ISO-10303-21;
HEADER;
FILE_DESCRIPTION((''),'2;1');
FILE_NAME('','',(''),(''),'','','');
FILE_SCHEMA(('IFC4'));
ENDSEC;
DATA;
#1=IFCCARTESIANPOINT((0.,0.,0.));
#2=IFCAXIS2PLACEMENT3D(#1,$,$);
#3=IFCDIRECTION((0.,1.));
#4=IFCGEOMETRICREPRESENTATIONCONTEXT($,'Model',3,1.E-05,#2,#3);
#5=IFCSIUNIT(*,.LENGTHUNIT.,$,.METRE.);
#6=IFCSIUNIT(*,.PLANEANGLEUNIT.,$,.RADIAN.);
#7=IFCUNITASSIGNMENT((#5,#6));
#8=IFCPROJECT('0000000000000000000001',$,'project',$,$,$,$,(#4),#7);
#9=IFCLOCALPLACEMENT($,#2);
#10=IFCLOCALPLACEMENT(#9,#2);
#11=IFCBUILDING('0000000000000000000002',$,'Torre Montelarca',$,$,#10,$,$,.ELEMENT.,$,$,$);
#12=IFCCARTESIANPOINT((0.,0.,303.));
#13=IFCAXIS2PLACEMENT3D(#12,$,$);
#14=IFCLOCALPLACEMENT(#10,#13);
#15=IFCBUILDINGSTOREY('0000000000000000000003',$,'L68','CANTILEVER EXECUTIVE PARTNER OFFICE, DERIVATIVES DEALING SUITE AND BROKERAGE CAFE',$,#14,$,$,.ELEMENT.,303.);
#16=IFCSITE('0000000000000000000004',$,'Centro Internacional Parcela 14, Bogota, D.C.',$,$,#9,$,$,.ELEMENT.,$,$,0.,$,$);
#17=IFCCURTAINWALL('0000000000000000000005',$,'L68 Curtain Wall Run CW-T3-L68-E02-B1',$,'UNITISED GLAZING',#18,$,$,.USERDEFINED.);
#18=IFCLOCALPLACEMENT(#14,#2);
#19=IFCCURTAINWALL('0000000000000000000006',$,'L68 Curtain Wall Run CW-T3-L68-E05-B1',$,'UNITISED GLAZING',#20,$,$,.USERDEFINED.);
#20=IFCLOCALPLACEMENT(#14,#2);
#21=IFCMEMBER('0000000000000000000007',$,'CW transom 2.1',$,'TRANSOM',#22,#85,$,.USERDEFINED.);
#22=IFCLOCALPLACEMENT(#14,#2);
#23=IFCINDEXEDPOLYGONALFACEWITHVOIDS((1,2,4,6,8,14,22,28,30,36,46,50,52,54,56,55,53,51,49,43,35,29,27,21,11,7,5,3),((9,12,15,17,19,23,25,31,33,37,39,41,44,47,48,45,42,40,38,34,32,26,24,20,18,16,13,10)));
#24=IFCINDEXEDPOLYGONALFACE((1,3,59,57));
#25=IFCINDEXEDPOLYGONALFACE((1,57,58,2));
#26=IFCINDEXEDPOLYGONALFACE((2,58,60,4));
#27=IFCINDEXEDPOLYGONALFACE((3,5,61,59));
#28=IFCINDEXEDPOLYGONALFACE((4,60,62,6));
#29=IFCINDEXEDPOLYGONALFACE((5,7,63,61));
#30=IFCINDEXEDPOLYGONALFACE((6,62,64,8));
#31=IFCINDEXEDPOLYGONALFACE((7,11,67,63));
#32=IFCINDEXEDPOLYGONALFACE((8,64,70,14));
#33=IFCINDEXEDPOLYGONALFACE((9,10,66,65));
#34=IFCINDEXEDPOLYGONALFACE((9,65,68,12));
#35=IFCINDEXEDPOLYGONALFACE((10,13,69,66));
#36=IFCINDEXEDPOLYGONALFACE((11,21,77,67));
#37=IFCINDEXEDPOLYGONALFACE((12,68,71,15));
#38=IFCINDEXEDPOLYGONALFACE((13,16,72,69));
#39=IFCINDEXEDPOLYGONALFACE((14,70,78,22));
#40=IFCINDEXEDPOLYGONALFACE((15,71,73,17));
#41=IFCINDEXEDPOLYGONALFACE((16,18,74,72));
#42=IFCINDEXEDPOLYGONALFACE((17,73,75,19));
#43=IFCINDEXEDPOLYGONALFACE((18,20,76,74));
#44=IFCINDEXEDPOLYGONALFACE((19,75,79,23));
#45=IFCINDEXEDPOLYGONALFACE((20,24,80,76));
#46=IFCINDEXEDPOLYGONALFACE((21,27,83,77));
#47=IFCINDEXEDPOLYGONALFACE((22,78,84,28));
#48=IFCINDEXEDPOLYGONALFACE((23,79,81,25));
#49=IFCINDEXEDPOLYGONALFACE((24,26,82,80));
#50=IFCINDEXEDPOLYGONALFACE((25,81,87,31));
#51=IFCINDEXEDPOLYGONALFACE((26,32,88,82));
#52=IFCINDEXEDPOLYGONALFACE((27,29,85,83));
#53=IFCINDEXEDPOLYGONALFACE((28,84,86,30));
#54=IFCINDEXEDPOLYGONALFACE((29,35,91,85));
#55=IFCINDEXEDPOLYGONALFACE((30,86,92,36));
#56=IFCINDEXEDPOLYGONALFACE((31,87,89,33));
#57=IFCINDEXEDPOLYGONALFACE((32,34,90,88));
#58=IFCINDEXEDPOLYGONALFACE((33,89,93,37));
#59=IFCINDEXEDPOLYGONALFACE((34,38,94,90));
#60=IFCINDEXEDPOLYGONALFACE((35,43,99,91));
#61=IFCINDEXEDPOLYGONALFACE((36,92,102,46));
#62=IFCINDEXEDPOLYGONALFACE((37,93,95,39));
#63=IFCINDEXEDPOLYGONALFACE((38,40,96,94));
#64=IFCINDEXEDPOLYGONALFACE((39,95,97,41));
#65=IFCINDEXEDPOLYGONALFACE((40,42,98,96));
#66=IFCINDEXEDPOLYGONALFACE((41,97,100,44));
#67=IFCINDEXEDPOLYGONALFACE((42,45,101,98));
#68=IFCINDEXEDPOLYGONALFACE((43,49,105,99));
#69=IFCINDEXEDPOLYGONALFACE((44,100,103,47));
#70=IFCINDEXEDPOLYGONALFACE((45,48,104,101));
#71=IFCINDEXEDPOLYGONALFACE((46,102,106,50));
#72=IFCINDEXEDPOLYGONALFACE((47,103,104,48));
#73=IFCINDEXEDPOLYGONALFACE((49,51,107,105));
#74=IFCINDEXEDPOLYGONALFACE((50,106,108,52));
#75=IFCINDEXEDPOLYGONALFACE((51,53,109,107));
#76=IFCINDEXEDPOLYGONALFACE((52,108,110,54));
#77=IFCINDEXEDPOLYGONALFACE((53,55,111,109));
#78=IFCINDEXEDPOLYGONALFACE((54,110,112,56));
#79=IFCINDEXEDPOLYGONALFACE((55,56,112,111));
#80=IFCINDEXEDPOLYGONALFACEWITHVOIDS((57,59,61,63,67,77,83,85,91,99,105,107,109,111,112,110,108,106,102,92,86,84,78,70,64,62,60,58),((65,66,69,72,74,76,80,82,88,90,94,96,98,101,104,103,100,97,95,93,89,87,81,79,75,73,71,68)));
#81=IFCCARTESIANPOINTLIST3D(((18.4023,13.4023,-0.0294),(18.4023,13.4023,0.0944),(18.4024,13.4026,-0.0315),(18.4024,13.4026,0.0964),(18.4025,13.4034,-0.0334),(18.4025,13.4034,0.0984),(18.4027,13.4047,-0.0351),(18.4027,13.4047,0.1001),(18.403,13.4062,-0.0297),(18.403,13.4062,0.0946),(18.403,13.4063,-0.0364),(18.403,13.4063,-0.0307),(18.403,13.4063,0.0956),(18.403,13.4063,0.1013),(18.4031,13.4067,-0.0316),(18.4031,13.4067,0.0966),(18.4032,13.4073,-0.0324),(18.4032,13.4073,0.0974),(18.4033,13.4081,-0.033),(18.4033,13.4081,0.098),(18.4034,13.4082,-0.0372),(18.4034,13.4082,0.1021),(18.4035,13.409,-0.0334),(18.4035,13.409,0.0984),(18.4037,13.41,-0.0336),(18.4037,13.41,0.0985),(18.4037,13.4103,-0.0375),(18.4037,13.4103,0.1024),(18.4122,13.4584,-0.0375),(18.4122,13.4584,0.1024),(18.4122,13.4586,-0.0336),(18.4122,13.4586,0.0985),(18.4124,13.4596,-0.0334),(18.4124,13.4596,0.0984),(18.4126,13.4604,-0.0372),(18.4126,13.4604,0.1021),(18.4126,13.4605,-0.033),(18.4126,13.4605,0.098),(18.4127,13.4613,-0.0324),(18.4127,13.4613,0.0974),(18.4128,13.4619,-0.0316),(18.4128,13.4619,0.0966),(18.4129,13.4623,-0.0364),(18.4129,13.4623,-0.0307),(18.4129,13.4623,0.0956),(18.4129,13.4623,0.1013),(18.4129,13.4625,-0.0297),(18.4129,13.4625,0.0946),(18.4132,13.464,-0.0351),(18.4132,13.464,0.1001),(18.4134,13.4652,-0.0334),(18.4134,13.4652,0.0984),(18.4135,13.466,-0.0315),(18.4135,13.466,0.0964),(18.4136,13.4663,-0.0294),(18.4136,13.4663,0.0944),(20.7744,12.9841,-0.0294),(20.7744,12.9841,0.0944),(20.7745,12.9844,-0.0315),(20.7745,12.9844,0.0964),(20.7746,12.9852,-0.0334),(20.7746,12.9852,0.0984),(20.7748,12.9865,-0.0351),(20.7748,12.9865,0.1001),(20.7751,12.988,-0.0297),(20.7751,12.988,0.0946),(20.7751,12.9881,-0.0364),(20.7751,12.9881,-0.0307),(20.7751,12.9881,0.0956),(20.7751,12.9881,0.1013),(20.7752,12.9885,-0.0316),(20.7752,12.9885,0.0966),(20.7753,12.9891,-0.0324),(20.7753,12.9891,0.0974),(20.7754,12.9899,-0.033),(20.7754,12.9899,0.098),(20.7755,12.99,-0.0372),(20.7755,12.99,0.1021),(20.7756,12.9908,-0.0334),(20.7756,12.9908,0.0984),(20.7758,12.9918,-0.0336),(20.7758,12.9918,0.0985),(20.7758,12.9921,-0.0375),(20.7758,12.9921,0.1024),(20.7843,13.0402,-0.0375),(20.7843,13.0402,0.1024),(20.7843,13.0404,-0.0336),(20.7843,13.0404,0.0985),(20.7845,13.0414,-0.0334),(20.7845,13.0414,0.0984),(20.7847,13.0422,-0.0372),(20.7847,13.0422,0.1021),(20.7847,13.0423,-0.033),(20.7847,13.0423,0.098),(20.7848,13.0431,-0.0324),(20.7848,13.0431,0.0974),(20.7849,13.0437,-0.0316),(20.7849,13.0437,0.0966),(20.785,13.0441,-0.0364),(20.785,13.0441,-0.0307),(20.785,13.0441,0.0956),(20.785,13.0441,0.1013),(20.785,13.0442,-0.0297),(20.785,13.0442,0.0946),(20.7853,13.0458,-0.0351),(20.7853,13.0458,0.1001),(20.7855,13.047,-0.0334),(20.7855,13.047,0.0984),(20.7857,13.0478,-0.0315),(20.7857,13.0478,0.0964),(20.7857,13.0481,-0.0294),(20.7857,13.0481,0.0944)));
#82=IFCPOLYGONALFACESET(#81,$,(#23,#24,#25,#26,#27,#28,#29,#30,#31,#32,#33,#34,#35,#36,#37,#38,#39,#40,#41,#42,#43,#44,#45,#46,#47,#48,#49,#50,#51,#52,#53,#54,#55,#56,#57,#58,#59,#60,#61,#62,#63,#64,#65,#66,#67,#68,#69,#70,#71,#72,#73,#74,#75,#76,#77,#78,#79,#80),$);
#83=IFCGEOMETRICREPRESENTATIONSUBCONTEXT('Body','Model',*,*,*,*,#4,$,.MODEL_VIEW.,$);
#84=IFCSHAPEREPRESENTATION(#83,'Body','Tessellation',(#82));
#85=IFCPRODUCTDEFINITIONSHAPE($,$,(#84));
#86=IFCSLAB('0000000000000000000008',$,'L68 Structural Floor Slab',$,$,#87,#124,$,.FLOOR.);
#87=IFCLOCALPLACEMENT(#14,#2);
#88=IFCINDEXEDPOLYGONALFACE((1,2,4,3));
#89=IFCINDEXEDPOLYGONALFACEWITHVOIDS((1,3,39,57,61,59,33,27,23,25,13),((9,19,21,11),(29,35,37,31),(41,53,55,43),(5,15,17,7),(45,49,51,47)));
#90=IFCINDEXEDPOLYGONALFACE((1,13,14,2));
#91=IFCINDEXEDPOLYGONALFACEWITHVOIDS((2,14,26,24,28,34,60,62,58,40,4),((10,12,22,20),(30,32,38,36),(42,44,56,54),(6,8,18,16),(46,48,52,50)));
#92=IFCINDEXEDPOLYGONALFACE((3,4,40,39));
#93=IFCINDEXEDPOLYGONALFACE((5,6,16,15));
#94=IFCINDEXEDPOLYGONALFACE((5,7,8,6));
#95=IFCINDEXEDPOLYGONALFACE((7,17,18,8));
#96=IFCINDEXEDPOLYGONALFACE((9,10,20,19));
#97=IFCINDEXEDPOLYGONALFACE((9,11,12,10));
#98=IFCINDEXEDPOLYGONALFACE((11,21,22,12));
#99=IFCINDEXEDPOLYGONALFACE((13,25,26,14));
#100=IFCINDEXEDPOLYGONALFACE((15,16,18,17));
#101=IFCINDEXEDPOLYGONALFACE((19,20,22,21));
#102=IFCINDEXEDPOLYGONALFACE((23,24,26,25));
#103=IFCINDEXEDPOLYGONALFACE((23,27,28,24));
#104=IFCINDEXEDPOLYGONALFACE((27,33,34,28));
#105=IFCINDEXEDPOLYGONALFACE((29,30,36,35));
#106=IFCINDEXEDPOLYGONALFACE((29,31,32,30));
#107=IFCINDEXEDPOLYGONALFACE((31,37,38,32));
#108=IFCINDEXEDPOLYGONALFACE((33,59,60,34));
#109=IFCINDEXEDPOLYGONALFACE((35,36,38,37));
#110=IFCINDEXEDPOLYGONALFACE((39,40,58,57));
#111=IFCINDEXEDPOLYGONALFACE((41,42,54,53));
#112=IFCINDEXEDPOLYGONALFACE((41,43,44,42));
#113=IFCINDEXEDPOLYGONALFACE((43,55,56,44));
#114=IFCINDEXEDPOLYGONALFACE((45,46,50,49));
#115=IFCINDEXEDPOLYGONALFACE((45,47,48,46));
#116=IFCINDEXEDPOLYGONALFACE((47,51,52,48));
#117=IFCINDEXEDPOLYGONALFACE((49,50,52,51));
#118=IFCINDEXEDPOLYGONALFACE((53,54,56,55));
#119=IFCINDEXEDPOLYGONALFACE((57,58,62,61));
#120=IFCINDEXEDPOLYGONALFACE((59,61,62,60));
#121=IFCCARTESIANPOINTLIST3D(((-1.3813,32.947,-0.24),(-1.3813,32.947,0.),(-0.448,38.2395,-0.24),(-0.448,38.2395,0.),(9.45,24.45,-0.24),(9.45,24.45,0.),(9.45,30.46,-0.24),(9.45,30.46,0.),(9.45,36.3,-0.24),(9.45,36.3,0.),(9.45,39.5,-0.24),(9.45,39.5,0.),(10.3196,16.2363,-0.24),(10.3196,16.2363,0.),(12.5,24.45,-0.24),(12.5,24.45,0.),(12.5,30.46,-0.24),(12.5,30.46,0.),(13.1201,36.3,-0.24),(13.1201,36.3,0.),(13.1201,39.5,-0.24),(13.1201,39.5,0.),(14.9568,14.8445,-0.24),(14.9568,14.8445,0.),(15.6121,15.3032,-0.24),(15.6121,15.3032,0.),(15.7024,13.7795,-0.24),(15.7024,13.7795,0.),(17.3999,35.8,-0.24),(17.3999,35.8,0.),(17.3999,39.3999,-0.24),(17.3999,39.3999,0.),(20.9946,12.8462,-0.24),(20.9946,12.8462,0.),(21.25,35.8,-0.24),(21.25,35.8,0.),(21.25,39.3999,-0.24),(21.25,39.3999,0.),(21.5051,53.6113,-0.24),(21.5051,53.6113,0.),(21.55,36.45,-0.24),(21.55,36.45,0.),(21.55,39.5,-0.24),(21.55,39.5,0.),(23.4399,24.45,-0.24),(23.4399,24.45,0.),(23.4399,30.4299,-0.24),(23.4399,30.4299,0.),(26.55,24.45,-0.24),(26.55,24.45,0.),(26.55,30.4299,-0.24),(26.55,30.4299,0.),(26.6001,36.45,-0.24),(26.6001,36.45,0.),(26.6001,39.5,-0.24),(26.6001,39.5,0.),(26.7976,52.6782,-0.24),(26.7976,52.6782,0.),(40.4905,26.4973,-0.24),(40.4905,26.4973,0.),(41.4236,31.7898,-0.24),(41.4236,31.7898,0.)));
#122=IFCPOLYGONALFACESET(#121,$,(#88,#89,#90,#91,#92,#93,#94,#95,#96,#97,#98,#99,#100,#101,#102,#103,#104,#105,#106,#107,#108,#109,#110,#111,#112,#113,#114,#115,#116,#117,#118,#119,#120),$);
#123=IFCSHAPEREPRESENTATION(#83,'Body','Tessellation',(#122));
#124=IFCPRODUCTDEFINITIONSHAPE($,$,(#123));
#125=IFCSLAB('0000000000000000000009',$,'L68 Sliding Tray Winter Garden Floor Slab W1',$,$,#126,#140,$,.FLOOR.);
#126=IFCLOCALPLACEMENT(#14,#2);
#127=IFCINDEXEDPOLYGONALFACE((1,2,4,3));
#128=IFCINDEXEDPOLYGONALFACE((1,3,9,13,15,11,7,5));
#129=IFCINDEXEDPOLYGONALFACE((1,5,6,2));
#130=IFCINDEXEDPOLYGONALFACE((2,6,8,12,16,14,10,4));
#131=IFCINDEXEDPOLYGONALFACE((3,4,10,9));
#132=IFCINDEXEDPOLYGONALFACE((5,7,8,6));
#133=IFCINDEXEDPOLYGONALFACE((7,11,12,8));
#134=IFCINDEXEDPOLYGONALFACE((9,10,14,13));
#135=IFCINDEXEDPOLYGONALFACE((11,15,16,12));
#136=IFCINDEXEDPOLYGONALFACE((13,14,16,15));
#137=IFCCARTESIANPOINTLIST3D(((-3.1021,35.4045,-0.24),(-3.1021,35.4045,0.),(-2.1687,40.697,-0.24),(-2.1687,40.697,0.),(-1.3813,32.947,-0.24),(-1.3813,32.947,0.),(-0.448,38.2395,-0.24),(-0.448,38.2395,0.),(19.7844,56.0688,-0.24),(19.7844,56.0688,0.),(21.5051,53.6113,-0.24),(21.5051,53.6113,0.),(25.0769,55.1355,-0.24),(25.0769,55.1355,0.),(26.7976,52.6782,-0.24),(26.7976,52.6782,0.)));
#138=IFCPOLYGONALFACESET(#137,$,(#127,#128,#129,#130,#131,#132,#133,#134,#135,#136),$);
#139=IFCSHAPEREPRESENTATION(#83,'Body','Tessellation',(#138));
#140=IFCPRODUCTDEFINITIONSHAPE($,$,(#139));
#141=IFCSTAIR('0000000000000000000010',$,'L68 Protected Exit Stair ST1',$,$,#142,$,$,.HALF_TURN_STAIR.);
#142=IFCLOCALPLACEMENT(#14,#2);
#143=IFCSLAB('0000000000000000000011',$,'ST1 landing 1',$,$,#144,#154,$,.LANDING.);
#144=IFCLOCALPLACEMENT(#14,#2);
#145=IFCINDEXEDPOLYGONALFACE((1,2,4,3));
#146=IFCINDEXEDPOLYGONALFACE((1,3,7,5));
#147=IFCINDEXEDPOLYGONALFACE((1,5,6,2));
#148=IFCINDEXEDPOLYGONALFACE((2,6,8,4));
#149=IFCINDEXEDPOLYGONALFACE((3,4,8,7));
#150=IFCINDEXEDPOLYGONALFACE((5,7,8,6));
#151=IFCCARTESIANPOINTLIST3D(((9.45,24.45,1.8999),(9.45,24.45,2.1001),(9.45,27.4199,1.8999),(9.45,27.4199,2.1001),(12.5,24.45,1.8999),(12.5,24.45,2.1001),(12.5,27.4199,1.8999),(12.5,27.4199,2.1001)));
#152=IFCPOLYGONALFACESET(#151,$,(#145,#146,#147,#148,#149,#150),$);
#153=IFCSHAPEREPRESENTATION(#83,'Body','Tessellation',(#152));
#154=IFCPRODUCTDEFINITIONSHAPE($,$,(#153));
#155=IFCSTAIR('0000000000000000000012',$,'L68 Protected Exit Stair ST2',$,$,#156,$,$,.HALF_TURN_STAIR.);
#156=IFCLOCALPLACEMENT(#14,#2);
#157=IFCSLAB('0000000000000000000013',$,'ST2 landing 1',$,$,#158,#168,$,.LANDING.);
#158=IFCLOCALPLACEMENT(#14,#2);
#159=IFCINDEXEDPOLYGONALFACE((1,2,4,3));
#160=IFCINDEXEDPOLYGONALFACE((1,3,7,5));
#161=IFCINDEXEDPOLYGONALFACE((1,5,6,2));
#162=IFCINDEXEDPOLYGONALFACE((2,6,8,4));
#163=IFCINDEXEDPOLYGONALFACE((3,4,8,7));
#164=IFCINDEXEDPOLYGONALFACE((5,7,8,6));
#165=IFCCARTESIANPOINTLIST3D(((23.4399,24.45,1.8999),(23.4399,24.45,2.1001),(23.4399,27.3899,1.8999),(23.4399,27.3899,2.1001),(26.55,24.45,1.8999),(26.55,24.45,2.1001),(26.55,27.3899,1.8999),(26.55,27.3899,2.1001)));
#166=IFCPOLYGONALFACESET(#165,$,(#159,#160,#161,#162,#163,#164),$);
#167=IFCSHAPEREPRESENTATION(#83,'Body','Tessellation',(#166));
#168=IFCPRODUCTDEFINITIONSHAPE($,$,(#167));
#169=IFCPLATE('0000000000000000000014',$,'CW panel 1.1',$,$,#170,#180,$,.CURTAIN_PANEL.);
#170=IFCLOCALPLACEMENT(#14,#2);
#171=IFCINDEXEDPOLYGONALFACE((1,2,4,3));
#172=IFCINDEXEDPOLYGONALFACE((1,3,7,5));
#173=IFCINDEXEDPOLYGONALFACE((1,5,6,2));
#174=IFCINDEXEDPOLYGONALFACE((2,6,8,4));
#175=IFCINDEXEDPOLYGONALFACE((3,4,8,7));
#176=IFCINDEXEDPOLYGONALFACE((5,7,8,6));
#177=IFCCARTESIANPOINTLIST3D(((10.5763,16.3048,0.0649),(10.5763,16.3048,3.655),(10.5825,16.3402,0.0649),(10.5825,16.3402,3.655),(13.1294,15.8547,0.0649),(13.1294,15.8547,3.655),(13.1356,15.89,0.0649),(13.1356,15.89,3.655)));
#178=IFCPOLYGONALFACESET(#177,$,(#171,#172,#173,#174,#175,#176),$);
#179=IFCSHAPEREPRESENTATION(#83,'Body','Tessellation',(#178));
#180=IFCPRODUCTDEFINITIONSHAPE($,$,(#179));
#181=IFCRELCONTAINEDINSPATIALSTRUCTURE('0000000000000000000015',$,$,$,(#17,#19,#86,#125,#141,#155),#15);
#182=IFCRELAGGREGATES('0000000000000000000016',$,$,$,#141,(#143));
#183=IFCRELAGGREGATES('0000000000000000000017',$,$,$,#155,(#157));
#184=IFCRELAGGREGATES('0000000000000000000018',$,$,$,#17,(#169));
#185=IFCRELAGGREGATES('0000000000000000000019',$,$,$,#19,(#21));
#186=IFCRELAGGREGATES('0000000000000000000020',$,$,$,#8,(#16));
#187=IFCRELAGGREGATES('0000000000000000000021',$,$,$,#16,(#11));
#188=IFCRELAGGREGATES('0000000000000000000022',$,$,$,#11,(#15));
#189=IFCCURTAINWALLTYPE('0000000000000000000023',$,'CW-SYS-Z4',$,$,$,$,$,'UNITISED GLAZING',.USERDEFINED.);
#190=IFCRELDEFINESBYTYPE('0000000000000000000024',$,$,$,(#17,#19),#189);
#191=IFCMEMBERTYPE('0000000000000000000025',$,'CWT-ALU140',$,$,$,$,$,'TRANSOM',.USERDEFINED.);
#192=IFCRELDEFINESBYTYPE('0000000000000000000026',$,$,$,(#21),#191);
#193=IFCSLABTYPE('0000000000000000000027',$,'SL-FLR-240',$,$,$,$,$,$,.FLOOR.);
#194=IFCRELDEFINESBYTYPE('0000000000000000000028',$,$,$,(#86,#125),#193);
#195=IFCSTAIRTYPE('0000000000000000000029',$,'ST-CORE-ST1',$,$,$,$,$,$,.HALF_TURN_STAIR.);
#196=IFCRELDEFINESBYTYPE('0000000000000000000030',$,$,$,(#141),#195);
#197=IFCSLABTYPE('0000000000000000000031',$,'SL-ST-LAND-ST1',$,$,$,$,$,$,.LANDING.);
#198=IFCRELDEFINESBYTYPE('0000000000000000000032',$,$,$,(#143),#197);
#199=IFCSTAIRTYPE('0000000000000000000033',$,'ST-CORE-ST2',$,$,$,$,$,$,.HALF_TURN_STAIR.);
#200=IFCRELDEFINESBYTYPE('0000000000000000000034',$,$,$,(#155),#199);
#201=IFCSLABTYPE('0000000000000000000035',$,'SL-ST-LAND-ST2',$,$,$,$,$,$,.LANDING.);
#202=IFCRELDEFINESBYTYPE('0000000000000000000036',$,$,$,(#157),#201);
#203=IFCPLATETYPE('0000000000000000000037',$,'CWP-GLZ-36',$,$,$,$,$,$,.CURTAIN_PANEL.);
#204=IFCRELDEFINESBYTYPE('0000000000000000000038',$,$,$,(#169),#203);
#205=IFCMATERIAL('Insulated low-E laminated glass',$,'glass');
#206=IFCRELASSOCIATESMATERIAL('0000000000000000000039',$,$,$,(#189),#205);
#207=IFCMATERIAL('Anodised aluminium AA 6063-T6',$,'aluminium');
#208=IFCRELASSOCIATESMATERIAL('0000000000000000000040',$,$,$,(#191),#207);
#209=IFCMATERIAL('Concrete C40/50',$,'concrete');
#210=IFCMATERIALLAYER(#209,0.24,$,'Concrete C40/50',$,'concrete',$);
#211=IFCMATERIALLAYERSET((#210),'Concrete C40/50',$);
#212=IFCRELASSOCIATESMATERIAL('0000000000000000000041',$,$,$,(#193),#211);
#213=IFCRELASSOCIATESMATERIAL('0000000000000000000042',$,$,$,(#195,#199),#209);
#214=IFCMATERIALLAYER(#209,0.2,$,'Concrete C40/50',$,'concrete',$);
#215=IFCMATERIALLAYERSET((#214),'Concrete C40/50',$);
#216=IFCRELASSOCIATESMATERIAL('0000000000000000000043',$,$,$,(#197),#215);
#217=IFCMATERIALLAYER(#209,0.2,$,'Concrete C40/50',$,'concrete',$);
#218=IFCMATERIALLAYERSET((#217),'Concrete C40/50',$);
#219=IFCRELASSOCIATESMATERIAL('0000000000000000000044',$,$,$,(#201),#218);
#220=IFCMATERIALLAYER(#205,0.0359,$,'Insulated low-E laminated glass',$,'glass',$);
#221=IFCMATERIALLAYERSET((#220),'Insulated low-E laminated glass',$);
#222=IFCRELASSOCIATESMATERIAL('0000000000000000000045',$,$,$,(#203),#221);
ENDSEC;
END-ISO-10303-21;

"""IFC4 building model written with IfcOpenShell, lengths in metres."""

from ifc_helpers import new_model, si_unit, direction, frame, origin, origin_2d, place, context, subcontext, project, spatial, polyline, rectangle, hollow_rectangle, outline, extrude, source, transform, mapped, material, layer, layer_set, material_profile, profile_set, type_object, element, aggregate, save


model = new_model("IFC4")

# Units and contexts
model_context = context("Model", 3, precision=1e-05, world=origin(), true_north=direction((0.0, 1.0)))
body_context = subcontext(model_context, "Body", "Model", "MODEL_VIEW")
ifc_project = project(units=[si_unit("LENGTHUNIT", "METRE"), si_unit("PLANEANGLEUNIT", "RADIAN")], contexts=[model_context])

# Site, building, storey
site_placement = place(None, origin())
site = spatial("IfcSite", under=ifc_project, at=site_placement, Name="Centro Internacional Parcela 14, Bogota, D.C.", CompositionType="ELEMENT", RefElevation=0.0)
building_placement = place(site_placement, origin())
building = spatial("IfcBuilding", under=site, at=building_placement, Name="Torre Montelarca", CompositionType="ELEMENT")
storey_placement = place(building_placement, frame((0.0, 0.0, 303.0)))
storey = spatial("IfcBuildingStorey", under=building, at=storey_placement, Name="L68", Description="CANTILEVER EXECUTIVE PARTNER OFFICE, DERIVATIVES DEALING SUITE AND BROKERAGE CAFE", CompositionType="ELEMENT", Elevation=303.0)

# Curtain wall
ifc_material_1 = material(Name="Insulated low-E laminated glass", Category="glass")
curtain_wall_type = type_object("IfcCurtainWallType", Name="CW-SYS-Z4", ElementType="UNITISED GLAZING", PredefinedType="USERDEFINED", material=ifc_material_1)
curtain_wall_1_placement = place(storey_placement, origin())
curtain_wall_1 = element("IfcCurtainWall", 1, at=curtain_wall_1_placement, inside=storey, type_object=curtain_wall_type, Name="L68 Curtain Wall Run CW-T3-L68-E02-B1", ObjectType="UNITISED GLAZING", PredefinedType="USERDEFINED")
ifc_material_2 = material(Name="Anodised aluminium AA 6063-T6", Category="aluminium")
ifc_material_profile_1 = material_profile(ifc_material_2, hollow_rectangle(XDim=0.0649, YDim=0.1399, WallThickness=0.0039, InnerFilletRadius=0.0039, OuterFilletRadius=0.0081, at=origin_2d()), Name="ALU65X140X4", Category="aluminium")
ifc_profile_set_1 = profile_set([ifc_material_profile_1], Name="Anodised aluminium AA 6063-T6")
member_type_1 = type_object("IfcMemberType", Name="CWT-ALU140", ElementType="TRANSOM", PredefinedType="USERDEFINED", material=ifc_profile_set_1)

# Curtain wall
curtain_wall_2_placement = place(storey_placement, origin())
curtain_wall_2 = element("IfcCurtainWall", 2, at=curtain_wall_2_placement, inside=storey, type_object=curtain_wall_type, Name="L68 Curtain Wall Run CW-T3-L68-E05-B1", ObjectType="UNITISED GLAZING", PredefinedType="USERDEFINED")

# Member
shared_shape_1 = source(origin(), body_context, "Body", "SweptSolid", [
    extrude(hollow_rectangle(XDim=0.0649, YDim=0.1399, WallThickness=0.0039, InnerFilletRadius=0.0039, OuterFilletRadius=0.0081, at=origin_2d()), origin(), (0.0, 0.0, 1.0), 2.4087),
])
member_1_placement = place(storey_placement, frame((18.408, 13.4343, 0.0325), z_axis=(0.984811, -0.173629, 0.0), x_axis=(0.173629, 0.984811, 0.0)))
member_1 = element("IfcMember", 3, at=member_1_placement, type_object=member_type_1, Name="CW transom 2.1", ObjectType="TRANSOM", PredefinedType="USERDEFINED", context=body_context, shape_type="MappedRepresentation", body=[
    mapped(shared_shape_1, transform((0.0, 0.0, 0.0), scale=1.0)),
])

# Slabs
ifc_material_3 = material(Name="Concrete C40/50", Category="concrete")
ifc_layer_1 = layer(ifc_material_3, 0.24, Name="Concrete C40/50", Category="concrete")
ifc_layer_set_1 = layer_set([ifc_layer_1], Name="Concrete C40/50")
slab_type_1 = type_object("IfcSlabType", Name="SL-FLR-240", PredefinedType="FLOOR", material=ifc_layer_set_1)
slab_1_placement = place(storey_placement, frame((0.0, 0.0, -0.24)))
element("IfcSlab", 4, at=slab_1_placement, inside=storey, type_object=slab_type_1, Name="L68 Structural Floor Slab", PredefinedType="FLOOR", context=body_context, shape_type="SweptSolid", body=[
    extrude(outline(polyline([(10.3196, 16.2363), (15.6121, 15.3032), (14.9568, 14.8445), (15.7024, 13.7795), (20.9946, 12.8462), (40.4905, 26.4973), (41.4236, 31.7898), (26.7976, 52.6782), (21.5051, 53.6113), (-0.448, 38.2395), (-1.3813, 32.947), (10.3196, 16.2363)]), holes=[polyline([(26.55, 24.45), (23.4399, 24.45), (23.4399, 30.4299), (26.55, 30.4299), (26.55, 24.45)]), polyline([(12.5, 24.45), (9.45, 24.45), (9.45, 30.46), (12.5, 30.46), (12.5, 24.45)]), polyline([(21.25, 39.3999), (21.25, 35.8), (17.3999, 35.8), (17.3999, 39.3999), (21.25, 39.3999)]), polyline([(13.1201, 36.3), (9.45, 36.3), (9.45, 39.5), (13.1201, 39.5), (13.1201, 36.3)]), polyline([(26.6001, 36.45), (21.55, 36.45), (21.55, 39.5), (26.6001, 39.5), (26.6001, 36.45)])]), origin(), (0.0, 0.0, 1.0), 0.24),
])
slab_2_placement = place(storey_placement, frame((0.0, 0.0, -0.24)))
element("IfcSlab", 5, at=slab_2_placement, inside=storey, type_object=slab_type_1, Name="L68 Sliding Tray Winter Garden Floor Slab W1", PredefinedType="FLOOR", context=body_context, shape_type="SweptSolid", body=[
    extrude(outline(polyline([(-1.3813, 32.947), (-0.448, 38.2395), (21.5051, 53.6113), (26.7976, 52.6782), (25.0769, 55.1355), (19.7844, 56.0688), (-2.1687, 40.697), (-3.1021, 35.4045), (-1.3813, 32.947)])), origin(), (0.0, 0.0, 1.0), 0.24),
])

# Stairs, slabs
stair_type_1 = type_object("IfcStairType", Name="ST-CORE-ST1", PredefinedType="HALF_TURN_STAIR", material=ifc_material_3)
stair_1_placement = place(storey_placement, origin())
stair_1 = element("IfcStair", 6, at=stair_1_placement, inside=storey, type_object=stair_type_1, Name="L68 Protected Exit Stair ST1", PredefinedType="HALF_TURN_STAIR")
ifc_layer_2 = layer(ifc_material_3, 0.2, Name="Concrete C40/50", Category="concrete")
ifc_layer_set_2 = layer_set([ifc_layer_2], Name="Concrete C40/50")
slab_type_2 = type_object("IfcSlabType", Name="SL-ST-LAND-ST1", PredefinedType="LANDING", material=ifc_layer_set_2)
slab_3_placement = place(storey_placement, frame((0.0, 0.0, 1.8999)))
slab_3 = element("IfcSlab", 7, at=slab_3_placement, type_object=slab_type_2, Name="ST1 landing 1", PredefinedType="LANDING", context=body_context, shape_type="SweptSolid", body=[
    extrude(outline(polyline([(9.45, 27.4199), (9.45, 24.45), (12.5, 24.45), (12.5, 27.4199), (9.45, 27.4199)])), origin(), (0.0, 0.0, 1.0), 0.2002),
])
aggregate(stair_1, [slab_3])
stair_type_2 = type_object("IfcStairType", Name="ST-CORE-ST2", PredefinedType="HALF_TURN_STAIR", material=ifc_material_3)
stair_2_placement = place(storey_placement, origin())
stair_2 = element("IfcStair", 8, at=stair_2_placement, inside=storey, type_object=stair_type_2, Name="L68 Protected Exit Stair ST2", PredefinedType="HALF_TURN_STAIR")
ifc_layer_3 = layer(ifc_material_3, 0.2, Name="Concrete C40/50", Category="concrete")
ifc_layer_set_3 = layer_set([ifc_layer_3], Name="Concrete C40/50")
slab_type_3 = type_object("IfcSlabType", Name="SL-ST-LAND-ST2", PredefinedType="LANDING", material=ifc_layer_set_3)
slab_4_placement = place(storey_placement, frame((0.0, 0.0, 1.8999)))
slab_4 = element("IfcSlab", 9, at=slab_4_placement, type_object=slab_type_3, Name="ST2 landing 1", PredefinedType="LANDING", context=body_context, shape_type="SweptSolid", body=[
    extrude(outline(polyline([(23.4399, 27.3899), (23.4399, 24.45), (26.55, 24.45), (26.55, 27.3899), (23.4399, 27.3899)])), origin(), (0.0, 0.0, 1.0), 0.2002),
])
aggregate(stair_2, [slab_4])

# Plate
ifc_layer_4 = layer(ifc_material_1, 0.0359, Name="Insulated low-E laminated glass", Category="glass")
ifc_layer_set_4 = layer_set([ifc_layer_4], Name="Insulated low-E laminated glass")
plate_type = type_object("IfcPlateType", Name="CWP-GLZ-36", PredefinedType="CURTAIN_PANEL", material=ifc_layer_set_4)
shared_shape_2 = source(origin(), body_context, "Body", "SweptSolid", [
    extrude(rectangle(XDim=2.5925, YDim=0.0359, at=origin_2d()), origin(), (0.0, 0.0, 1.0), 3.5901),
])
plate_1_placement = place(storey_placement, frame((11.856, 16.0974, 0.0649), z_axis=(0.0, 0.0, 1.0), x_axis=(0.984809, -0.173642, 0.0)))
plate_1 = element("IfcPlate", 10, at=plate_1_placement, type_object=plate_type, Name="CW panel 1.1", PredefinedType="CURTAIN_PANEL", context=body_context, shape_type="MappedRepresentation", body=[
    mapped(shared_shape_2, transform((0.0, 0.0, 0.0), scale=1.0)),
])
aggregate(curtain_wall_1, [plate_1])
aggregate(curtain_wall_2, [member_1])

save(model, "model.ifc")
